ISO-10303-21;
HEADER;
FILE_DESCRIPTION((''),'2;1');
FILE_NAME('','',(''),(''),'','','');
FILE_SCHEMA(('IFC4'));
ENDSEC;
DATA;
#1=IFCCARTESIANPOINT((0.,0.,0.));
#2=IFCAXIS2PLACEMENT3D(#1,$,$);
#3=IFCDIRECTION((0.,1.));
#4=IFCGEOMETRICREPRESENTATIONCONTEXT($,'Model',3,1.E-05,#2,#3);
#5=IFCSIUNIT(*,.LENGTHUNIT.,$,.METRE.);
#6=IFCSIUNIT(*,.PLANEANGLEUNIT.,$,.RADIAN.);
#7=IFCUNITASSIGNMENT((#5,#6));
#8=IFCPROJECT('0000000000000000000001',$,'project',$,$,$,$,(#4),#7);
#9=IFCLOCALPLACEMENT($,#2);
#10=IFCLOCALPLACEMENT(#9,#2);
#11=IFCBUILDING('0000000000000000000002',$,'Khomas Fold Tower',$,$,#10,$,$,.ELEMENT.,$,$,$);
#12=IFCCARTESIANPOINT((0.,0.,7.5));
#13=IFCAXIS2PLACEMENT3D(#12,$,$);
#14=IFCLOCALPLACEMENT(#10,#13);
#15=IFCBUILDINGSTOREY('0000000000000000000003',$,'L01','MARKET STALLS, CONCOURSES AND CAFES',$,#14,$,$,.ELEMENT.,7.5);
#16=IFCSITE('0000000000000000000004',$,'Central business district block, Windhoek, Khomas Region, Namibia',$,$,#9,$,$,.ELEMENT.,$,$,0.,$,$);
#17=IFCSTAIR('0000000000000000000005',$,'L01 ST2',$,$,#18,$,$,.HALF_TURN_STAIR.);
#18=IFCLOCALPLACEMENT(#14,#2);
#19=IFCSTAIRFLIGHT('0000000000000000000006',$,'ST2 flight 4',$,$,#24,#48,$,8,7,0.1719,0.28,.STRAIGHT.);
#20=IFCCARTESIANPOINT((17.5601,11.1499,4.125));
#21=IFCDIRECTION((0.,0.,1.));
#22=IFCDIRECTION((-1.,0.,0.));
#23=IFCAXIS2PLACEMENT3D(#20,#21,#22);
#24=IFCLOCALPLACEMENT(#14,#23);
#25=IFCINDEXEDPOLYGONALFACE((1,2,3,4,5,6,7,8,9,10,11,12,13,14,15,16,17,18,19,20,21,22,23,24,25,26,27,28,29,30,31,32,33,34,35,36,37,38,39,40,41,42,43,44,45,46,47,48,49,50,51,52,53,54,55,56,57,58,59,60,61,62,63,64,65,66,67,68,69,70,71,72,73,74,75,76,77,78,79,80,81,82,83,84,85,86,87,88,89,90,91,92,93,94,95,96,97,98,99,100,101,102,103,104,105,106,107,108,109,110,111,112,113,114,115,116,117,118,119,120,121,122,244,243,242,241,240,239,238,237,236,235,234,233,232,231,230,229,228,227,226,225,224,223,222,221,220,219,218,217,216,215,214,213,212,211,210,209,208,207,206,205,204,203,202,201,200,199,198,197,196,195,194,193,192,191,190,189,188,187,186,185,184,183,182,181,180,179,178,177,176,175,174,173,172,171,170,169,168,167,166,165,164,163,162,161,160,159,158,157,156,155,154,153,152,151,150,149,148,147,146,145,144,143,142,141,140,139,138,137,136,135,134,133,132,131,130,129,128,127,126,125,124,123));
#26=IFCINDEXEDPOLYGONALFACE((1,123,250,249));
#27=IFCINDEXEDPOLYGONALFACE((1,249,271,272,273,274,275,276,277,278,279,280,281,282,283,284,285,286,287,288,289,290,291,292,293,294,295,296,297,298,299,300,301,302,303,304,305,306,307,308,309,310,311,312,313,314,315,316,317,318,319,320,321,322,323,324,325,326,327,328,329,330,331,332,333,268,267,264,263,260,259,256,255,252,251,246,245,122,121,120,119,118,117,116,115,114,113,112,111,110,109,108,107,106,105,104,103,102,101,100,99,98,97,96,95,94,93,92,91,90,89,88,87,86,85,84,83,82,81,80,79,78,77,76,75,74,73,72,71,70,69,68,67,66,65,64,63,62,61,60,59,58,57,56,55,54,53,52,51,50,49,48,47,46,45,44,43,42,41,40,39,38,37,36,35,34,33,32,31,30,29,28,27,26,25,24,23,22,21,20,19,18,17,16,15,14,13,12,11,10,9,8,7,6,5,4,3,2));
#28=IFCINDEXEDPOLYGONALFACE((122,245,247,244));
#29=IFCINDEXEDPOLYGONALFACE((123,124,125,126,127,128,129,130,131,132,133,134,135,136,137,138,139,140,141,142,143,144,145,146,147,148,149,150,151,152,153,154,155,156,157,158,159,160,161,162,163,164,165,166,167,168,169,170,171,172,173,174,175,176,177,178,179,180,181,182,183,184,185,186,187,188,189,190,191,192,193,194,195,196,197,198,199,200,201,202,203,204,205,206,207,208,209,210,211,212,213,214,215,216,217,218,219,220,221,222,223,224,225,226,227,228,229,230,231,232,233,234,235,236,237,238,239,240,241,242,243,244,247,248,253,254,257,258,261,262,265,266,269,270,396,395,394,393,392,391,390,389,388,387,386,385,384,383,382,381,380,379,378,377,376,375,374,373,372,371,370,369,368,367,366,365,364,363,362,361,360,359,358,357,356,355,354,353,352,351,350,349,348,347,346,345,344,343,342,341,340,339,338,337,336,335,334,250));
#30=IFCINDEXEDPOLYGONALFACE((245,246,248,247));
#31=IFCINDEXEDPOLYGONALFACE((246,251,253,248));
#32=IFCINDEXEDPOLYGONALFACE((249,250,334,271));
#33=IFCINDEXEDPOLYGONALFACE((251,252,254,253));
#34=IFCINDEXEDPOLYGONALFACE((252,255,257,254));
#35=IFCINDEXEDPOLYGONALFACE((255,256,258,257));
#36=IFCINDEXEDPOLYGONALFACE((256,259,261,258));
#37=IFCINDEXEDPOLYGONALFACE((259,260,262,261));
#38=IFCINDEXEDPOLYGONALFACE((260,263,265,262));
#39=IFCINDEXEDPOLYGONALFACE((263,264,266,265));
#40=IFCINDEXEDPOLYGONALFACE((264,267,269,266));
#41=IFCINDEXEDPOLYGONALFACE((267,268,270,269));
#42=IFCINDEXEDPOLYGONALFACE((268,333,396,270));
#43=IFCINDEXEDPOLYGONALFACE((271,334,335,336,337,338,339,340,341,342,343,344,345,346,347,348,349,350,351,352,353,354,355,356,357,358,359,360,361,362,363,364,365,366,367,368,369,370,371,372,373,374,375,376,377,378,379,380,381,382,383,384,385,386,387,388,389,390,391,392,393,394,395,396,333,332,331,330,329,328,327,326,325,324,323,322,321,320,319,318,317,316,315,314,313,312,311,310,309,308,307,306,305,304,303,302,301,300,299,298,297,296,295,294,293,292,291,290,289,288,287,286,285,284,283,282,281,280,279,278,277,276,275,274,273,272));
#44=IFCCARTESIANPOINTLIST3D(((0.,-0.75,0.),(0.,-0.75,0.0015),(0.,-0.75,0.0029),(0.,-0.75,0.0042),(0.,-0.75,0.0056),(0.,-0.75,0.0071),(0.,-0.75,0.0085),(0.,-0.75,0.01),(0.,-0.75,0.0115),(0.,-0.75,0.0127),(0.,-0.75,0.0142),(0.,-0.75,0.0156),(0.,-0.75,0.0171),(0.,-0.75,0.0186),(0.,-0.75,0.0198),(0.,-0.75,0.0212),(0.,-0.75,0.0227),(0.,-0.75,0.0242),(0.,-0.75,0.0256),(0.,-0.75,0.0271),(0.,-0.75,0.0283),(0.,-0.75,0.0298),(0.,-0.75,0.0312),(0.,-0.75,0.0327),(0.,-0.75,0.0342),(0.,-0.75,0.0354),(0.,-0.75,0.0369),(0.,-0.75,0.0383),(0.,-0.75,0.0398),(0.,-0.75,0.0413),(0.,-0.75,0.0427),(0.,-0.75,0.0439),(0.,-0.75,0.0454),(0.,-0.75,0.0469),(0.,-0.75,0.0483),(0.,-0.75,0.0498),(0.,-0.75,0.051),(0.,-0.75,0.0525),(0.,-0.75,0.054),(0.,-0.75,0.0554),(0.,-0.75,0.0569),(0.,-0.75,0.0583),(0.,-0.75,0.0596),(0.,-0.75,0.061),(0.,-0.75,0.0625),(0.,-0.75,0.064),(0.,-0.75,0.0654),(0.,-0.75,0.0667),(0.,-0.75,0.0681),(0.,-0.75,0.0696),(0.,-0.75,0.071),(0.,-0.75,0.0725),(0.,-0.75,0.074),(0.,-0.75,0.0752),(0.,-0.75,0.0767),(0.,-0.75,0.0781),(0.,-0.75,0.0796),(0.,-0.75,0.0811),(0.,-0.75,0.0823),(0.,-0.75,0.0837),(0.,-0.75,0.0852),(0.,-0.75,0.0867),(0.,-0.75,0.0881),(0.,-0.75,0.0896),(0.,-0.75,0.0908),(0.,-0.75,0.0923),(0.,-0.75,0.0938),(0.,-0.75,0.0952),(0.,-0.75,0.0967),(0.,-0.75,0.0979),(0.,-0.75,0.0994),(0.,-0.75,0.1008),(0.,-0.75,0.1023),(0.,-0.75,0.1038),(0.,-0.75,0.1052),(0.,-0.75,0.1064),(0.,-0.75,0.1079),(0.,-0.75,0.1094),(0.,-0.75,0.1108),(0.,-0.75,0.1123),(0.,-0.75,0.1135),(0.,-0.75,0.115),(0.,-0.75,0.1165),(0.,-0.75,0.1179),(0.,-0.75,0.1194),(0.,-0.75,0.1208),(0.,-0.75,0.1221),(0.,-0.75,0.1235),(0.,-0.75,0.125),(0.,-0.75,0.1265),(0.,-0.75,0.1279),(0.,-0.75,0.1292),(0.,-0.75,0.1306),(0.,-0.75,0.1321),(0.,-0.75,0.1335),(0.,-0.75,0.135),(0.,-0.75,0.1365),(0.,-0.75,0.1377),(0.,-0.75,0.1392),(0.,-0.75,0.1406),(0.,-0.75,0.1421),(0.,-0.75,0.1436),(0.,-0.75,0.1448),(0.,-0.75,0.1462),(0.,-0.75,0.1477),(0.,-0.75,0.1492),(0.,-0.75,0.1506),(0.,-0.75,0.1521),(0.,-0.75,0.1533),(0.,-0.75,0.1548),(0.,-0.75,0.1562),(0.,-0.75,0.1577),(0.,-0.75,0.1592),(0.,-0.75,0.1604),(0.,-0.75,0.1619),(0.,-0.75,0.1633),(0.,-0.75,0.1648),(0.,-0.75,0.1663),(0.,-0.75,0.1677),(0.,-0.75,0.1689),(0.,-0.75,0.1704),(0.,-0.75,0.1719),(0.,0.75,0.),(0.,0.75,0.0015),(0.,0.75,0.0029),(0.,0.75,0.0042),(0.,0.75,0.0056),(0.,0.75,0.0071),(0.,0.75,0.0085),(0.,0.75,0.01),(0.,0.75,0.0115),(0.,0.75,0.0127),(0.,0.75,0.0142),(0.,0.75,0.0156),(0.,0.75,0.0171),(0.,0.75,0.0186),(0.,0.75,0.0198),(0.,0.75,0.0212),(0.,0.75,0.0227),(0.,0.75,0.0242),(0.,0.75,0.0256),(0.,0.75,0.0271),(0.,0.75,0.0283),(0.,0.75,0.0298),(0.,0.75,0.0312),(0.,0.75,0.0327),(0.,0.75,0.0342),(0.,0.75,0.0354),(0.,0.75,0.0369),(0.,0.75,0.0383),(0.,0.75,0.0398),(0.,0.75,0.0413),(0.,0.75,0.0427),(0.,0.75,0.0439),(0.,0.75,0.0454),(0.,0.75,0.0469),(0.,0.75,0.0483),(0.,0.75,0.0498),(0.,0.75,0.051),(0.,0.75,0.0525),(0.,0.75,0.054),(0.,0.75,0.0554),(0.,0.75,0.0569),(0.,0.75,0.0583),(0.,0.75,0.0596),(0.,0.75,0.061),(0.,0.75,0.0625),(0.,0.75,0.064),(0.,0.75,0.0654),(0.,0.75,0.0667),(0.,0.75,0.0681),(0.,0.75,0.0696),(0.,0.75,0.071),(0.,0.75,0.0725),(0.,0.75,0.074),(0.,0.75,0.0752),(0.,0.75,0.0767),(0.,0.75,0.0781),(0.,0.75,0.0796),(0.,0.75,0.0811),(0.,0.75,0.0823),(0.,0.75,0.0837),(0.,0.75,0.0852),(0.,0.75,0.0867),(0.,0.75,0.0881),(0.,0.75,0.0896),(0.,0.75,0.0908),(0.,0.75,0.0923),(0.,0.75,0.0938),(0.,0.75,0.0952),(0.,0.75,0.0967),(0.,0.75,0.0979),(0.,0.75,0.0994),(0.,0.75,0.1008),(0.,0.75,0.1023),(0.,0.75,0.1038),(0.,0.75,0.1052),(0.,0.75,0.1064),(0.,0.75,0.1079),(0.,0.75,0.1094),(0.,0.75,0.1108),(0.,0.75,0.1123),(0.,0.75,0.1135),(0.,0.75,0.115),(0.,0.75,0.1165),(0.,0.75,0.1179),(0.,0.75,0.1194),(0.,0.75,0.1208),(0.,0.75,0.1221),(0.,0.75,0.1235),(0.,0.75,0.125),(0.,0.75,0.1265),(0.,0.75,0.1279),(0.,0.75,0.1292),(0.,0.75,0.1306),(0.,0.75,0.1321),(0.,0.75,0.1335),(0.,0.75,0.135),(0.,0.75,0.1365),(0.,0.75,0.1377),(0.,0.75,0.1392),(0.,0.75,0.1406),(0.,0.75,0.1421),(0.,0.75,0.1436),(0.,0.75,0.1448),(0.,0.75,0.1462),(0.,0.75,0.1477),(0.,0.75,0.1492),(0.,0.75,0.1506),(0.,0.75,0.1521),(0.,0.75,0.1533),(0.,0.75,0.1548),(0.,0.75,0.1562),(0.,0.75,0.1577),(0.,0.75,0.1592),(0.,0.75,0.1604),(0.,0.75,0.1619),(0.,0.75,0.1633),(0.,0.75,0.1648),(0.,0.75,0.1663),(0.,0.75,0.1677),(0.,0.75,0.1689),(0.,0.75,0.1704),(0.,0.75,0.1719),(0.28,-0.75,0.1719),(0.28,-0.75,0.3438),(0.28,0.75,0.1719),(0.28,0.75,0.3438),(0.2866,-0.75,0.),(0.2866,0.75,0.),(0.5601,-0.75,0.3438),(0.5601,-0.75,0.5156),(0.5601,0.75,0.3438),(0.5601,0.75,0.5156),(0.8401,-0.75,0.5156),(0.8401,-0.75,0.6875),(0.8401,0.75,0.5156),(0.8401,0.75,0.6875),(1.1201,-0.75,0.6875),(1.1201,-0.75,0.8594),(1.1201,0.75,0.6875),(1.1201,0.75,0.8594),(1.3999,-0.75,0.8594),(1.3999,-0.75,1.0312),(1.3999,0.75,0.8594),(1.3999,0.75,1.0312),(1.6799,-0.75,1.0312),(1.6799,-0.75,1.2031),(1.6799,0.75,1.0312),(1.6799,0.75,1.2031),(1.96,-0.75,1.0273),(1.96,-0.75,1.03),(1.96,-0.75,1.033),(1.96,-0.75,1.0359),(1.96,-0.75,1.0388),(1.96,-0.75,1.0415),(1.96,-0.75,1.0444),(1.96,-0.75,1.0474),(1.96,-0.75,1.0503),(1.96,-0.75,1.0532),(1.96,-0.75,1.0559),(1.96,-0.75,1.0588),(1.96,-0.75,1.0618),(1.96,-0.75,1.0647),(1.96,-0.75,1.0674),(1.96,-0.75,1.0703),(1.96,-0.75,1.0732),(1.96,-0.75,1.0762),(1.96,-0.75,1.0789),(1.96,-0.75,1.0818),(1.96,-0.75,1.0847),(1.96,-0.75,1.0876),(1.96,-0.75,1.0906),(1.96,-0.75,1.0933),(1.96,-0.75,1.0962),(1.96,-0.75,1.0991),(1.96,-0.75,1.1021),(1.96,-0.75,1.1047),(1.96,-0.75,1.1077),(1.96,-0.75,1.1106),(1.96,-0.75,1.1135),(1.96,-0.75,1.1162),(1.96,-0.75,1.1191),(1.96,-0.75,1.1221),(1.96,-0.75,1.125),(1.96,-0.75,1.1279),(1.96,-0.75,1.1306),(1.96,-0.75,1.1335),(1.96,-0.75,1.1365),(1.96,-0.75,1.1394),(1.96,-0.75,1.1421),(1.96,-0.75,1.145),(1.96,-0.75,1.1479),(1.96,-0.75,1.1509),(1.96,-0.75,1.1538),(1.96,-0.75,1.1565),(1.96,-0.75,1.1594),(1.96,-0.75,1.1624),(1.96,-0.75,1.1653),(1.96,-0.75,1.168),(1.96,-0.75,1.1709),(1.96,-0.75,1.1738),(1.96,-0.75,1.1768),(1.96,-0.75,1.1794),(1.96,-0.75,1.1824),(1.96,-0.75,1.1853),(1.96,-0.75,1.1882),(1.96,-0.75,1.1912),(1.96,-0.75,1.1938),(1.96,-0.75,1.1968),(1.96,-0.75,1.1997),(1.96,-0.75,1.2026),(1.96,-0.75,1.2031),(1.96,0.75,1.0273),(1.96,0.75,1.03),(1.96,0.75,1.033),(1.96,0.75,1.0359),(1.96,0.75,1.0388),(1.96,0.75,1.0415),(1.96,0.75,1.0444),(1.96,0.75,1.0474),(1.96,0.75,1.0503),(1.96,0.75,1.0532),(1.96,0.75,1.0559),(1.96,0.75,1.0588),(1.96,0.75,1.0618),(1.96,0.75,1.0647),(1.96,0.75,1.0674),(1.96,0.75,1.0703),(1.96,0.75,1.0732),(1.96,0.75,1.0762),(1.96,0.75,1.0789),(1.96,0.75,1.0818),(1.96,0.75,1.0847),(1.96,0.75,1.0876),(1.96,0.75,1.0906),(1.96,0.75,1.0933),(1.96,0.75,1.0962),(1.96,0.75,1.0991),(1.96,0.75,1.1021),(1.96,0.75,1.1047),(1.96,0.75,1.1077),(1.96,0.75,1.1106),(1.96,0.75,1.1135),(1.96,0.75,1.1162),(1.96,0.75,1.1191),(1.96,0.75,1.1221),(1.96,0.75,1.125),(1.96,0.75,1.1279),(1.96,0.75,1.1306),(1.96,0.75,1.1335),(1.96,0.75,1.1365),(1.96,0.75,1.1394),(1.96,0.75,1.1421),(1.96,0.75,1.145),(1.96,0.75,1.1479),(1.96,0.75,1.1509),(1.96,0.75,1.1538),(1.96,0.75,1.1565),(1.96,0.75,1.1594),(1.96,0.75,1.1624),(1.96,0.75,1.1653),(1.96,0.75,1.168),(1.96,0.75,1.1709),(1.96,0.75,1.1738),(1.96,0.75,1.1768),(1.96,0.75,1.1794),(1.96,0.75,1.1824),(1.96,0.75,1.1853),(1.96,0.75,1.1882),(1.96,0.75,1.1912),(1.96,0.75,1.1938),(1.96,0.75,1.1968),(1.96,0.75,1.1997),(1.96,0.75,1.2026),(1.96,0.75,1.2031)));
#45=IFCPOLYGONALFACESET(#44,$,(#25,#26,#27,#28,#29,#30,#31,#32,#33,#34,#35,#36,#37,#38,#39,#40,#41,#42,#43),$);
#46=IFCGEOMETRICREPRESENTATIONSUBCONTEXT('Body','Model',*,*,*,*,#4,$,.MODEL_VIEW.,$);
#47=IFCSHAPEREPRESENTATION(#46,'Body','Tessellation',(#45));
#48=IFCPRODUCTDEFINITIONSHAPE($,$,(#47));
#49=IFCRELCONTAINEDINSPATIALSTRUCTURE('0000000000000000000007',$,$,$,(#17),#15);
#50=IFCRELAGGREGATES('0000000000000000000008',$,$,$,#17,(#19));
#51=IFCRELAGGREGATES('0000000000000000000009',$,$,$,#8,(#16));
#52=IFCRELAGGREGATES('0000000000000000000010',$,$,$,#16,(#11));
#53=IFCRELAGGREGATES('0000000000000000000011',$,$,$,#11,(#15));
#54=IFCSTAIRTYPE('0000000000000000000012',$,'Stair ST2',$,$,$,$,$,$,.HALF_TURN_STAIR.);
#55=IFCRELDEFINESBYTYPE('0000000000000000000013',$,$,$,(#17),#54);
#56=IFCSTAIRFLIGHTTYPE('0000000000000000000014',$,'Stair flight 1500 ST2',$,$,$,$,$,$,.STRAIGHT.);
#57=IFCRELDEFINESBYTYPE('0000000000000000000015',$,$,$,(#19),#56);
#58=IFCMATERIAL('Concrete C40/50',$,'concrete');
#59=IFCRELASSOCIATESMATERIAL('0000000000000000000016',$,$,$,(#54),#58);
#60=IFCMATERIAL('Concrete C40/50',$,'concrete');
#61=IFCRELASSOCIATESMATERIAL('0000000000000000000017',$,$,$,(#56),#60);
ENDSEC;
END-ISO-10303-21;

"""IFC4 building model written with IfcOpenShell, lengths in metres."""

from ifc_helpers import new_model, si_unit, direction, frame, origin, place, context, subcontext, project, spatial, polyline, outline, extrude, source, transform, mapped, material, type_object, element, aggregate, save


model = new_model("IFC4")

# Units and contexts
model_context = context("Model", 3, precision=1e-05, world=origin(), true_north=direction((0.0, 1.0)))
body_context = subcontext(model_context, "Body", "Model", "MODEL_VIEW")
ifc_project = project(units=[si_unit("LENGTHUNIT", "METRE"), si_unit("PLANEANGLEUNIT", "RADIAN")], contexts=[model_context])

# Site, building, storey
site_placement = place(None, origin())
site = spatial("IfcSite", under=ifc_project, at=site_placement, Name="Central business district block, Windhoek, Khomas Region, Namibia", CompositionType="ELEMENT", RefElevation=0.0)
building_placement = place(site_placement, origin())
building = spatial("IfcBuilding", under=site, at=building_placement, Name="Khomas Fold Tower", CompositionType="ELEMENT")
storey_placement = place(building_placement, frame((0.0, 0.0, 7.5)))
storey = spatial("IfcBuildingStorey", under=building, at=storey_placement, Name="L01", Description="MARKET STALLS, CONCOURSES AND CAFES", CompositionType="ELEMENT", Elevation=7.5)

# Stair, stair flight
ifc_material_1 = material(Name="Concrete C40/50", Category="concrete")
stair_type = type_object("IfcStairType", Name="Stair ST2", PredefinedType="HALF_TURN_STAIR", material=ifc_material_1)
stair_placement = place(storey_placement, origin())
stair = element("IfcStair", 1, at=stair_placement, inside=storey, type_object=stair_type, Name="L01 ST2", PredefinedType="HALF_TURN_STAIR")
ifc_material_2 = material(Name="Concrete C40/50", Category="concrete")
stair_flight_type = type_object("IfcStairFlightType", Name="Stair flight 1500 ST2", PredefinedType="STRAIGHT", material=ifc_material_2)
shared_shape_1 = source(origin(), body_context, "Body", "SweptSolid", [
    extrude(outline(polyline([(0.0, 0.0), (0.0, 0.0015), (0.0, 0.0029), (0.0, 0.0042), (0.0, 0.0056), (0.0, 0.0071), (0.0, 0.0085), (0.0, 0.01), (0.0, 0.0115), (0.0, 0.0127), (0.0, 0.0142), (0.0, 0.0156), (0.0, 0.0171), (0.0, 0.0186), (0.0, 0.0198), (0.0, 0.0212), (0.0, 0.0227), (0.0, 0.0242), (0.0, 0.0256), (0.0, 0.0271), (0.0, 0.0283), (0.0, 0.0298), (0.0, 0.0312), (0.0, 0.0327), (0.0, 0.0342), (0.0, 0.0354), (0.0, 0.0369), (0.0, 0.0383), (0.0, 0.0398), (0.0, 0.0413), (0.0, 0.0427), (0.0, 0.0439), (0.0, 0.0454), (0.0, 0.0469), (0.0, 0.0483), (0.0, 0.0498), (0.0, 0.051), (0.0, 0.0525), (0.0, 0.054), (0.0, 0.0554), (0.0, 0.0569), (0.0, 0.0583), (0.0, 0.0596), (0.0, 0.061), (0.0, 0.0625), (0.0, 0.064), (0.0, 0.0654), (0.0, 0.0667), (0.0, 0.0681), (0.0, 0.0696), (0.0, 0.071), (0.0, 0.0725), (0.0, 0.074), (0.0, 0.0752), (0.0, 0.0767), (0.0, 0.0781), (0.0, 0.0796), (0.0, 0.0811), (0.0, 0.0823), (0.0, 0.0837), (0.0, 0.0852), (0.0, 0.0867), (0.0, 0.0881), (0.0, 0.0896), (0.0, 0.0908), (0.0, 0.0923), (0.0, 0.0938), (0.0, 0.0952), (0.0, 0.0967), (0.0, 0.0979), (0.0, 0.0994), (0.0, 0.1008), (0.0, 0.1023), (0.0, 0.1038), (0.0, 0.1052), (0.0, 0.1064), (0.0, 0.1079), (0.0, 0.1094), (0.0, 0.1108), (0.0, 0.1123), (0.0, 0.1135), (0.0, 0.115), (0.0, 0.1165), (0.0, 0.1179), (0.0, 0.1194), (0.0, 0.1208), (0.0, 0.1221), (0.0, 0.1235), (0.0, 0.125), (0.0, 0.1265), (0.0, 0.1279), (0.0, 0.1292), (0.0, 0.1306), (0.0, 0.1321), (0.0, 0.1335), (0.0, 0.135), (0.0, 0.1365), (0.0, 0.1377), (0.0, 0.1392), (0.0, 0.1406), (0.0, 0.1421), (0.0, 0.1436), (0.0, 0.1448), (0.0, 0.1462), (0.0, 0.1477), (0.0, 0.1492), (0.0, 0.1506), (0.0, 0.1521), (0.0, 0.1533), (0.0, 0.1548), (0.0, 0.1562), (0.0, 0.1577), (0.0, 0.1592), (0.0, 0.1604), (0.0, 0.1619), (0.0, 0.1633), (0.0, 0.1648), (0.0, 0.1663), (0.0, 0.1677), (0.0, 0.1689), (0.0, 0.1704), (0.0, 0.1719), (0.28, 0.1719), (0.28, 0.3438), (0.5601, 0.3438), (0.5601, 0.5156), (0.8401, 0.5156), (0.8401, 0.6875), (1.1201, 0.6875), (1.1201, 0.8594), (1.3999, 0.8594), (1.3999, 1.0312), (1.6799, 1.0312), (1.6799, 1.2031), (1.96, 1.2031), (1.96, 1.375), (1.96, 1.3721), (1.96, 1.3691), (1.96, 1.3665), (1.96, 1.3635), (1.96, 1.3606), (1.96, 1.3577), (1.96, 1.355), (1.96, 1.3521), (1.96, 1.3491), (1.96, 1.3462), (1.96, 1.3435), (1.96, 1.3406), (1.96, 1.3376), (1.96, 1.3347), (1.96, 1.3318), (1.96, 1.3291), (1.96, 1.3262), (1.96, 1.3232), (1.96, 1.3203), (1.96, 1.3176), (1.96, 1.3147), (1.96, 1.3118), (1.96, 1.3088), (1.96, 1.3059), (1.96, 1.3032), (1.96, 1.3003), (1.96, 1.2974), (1.96, 1.2944), (1.96, 1.2917), (1.96, 1.2888), (1.96, 1.2859), (1.96, 1.283), (1.96, 1.2803), (1.96, 1.2773), (1.96, 1.2744), (1.96, 1.2715), (1.96, 1.2686), (1.96, 1.2659), (1.96, 1.2629), (1.96, 1.26), (1.96, 1.2571), (1.96, 1.2544), (1.96, 1.2515), (1.96, 1.2485), (1.96, 1.2456), (1.96, 1.2427), (1.96, 1.24), (1.96, 1.2371), (1.96, 1.2341), (1.96, 1.2312), (1.96, 1.2285), (1.96, 1.2256), (1.96, 1.2227), (1.96, 1.2197), (1.96, 1.217), (1.96, 1.2141), (1.96, 1.2112), (1.96, 1.2083), (1.96, 1.2053), (1.96, 1.2026), (1.96, 1.1997), (1.96, 1.1968), (1.96, 1.1938), (1.96, 1.1912), (1.96, 1.1882), (1.96, 1.1853), (1.96, 1.1824), (1.96, 1.1794), (1.96, 1.1768), (1.96, 1.1738), (1.96, 1.1709), (1.96, 1.168), (1.96, 1.1653), (1.96, 1.1624), (1.96, 1.1594), (1.96, 1.1565), (1.96, 1.1538), (1.96, 1.1509), (1.96, 1.1479), (1.96, 1.145), (1.96, 1.1421), (1.96, 1.1394), (1.96, 1.1365), (1.96, 1.1335), (1.96, 1.1306), (1.96, 1.1279), (1.96, 1.125), (1.96, 1.1221), (1.96, 1.1191), (1.96, 1.1162), (1.96, 1.1135), (1.96, 1.1106), (1.96, 1.1077), (1.96, 1.1047), (1.96, 1.1021), (1.96, 1.0991), (1.96, 1.0962), (1.96, 1.0933), (1.96, 1.0906), (1.96, 1.0876), (1.96, 1.0847), (1.96, 1.0818), (1.96, 1.0789), (1.96, 1.0762), (1.96, 1.0732), (1.96, 1.0703), (1.96, 1.0674), (1.96, 1.0647), (1.96, 1.0618), (1.96, 1.0588), (1.96, 1.0559), (1.96, 1.0532), (1.96, 1.0503), (1.96, 1.0474), (1.96, 1.0444), (1.96, 1.0415), (1.96, 1.0388), (1.96, 1.0359), (1.96, 1.033), (1.96, 1.03), (1.96, 1.0273), (0.2866, 0.0), (0.0, 0.0)])), frame((0.0, 0.75, 0.0), z_axis=(0.0, -1.0, 0.0), x_axis=(1.0, 0.0, 0.0)), (0.0, 0.0, 1.0), 1.5),
])
stair_flight_1_placement = place(storey_placement, frame((17.5601, 11.1499, 4.125), z_axis=(0.0, 0.0, 1.0), x_axis=(-1.0, 0.0, 0.0)))
stair_flight_1 = element("IfcStairFlight", 2, at=stair_flight_1_placement, type_object=stair_flight_type, Name="ST2 flight 4", NumberOfRisers=8, NumberOfTreads=7, PredefinedType="STRAIGHT", RiserHeight=0.1719, TreadLength=0.28, context=body_context, shape_type="MappedRepresentation", body=[
    mapped(shared_shape_1, transform((0.0, 0.0, 0.0))),
])
aggregate(stair, [stair_flight_1])

save(model, "model.ifc")
